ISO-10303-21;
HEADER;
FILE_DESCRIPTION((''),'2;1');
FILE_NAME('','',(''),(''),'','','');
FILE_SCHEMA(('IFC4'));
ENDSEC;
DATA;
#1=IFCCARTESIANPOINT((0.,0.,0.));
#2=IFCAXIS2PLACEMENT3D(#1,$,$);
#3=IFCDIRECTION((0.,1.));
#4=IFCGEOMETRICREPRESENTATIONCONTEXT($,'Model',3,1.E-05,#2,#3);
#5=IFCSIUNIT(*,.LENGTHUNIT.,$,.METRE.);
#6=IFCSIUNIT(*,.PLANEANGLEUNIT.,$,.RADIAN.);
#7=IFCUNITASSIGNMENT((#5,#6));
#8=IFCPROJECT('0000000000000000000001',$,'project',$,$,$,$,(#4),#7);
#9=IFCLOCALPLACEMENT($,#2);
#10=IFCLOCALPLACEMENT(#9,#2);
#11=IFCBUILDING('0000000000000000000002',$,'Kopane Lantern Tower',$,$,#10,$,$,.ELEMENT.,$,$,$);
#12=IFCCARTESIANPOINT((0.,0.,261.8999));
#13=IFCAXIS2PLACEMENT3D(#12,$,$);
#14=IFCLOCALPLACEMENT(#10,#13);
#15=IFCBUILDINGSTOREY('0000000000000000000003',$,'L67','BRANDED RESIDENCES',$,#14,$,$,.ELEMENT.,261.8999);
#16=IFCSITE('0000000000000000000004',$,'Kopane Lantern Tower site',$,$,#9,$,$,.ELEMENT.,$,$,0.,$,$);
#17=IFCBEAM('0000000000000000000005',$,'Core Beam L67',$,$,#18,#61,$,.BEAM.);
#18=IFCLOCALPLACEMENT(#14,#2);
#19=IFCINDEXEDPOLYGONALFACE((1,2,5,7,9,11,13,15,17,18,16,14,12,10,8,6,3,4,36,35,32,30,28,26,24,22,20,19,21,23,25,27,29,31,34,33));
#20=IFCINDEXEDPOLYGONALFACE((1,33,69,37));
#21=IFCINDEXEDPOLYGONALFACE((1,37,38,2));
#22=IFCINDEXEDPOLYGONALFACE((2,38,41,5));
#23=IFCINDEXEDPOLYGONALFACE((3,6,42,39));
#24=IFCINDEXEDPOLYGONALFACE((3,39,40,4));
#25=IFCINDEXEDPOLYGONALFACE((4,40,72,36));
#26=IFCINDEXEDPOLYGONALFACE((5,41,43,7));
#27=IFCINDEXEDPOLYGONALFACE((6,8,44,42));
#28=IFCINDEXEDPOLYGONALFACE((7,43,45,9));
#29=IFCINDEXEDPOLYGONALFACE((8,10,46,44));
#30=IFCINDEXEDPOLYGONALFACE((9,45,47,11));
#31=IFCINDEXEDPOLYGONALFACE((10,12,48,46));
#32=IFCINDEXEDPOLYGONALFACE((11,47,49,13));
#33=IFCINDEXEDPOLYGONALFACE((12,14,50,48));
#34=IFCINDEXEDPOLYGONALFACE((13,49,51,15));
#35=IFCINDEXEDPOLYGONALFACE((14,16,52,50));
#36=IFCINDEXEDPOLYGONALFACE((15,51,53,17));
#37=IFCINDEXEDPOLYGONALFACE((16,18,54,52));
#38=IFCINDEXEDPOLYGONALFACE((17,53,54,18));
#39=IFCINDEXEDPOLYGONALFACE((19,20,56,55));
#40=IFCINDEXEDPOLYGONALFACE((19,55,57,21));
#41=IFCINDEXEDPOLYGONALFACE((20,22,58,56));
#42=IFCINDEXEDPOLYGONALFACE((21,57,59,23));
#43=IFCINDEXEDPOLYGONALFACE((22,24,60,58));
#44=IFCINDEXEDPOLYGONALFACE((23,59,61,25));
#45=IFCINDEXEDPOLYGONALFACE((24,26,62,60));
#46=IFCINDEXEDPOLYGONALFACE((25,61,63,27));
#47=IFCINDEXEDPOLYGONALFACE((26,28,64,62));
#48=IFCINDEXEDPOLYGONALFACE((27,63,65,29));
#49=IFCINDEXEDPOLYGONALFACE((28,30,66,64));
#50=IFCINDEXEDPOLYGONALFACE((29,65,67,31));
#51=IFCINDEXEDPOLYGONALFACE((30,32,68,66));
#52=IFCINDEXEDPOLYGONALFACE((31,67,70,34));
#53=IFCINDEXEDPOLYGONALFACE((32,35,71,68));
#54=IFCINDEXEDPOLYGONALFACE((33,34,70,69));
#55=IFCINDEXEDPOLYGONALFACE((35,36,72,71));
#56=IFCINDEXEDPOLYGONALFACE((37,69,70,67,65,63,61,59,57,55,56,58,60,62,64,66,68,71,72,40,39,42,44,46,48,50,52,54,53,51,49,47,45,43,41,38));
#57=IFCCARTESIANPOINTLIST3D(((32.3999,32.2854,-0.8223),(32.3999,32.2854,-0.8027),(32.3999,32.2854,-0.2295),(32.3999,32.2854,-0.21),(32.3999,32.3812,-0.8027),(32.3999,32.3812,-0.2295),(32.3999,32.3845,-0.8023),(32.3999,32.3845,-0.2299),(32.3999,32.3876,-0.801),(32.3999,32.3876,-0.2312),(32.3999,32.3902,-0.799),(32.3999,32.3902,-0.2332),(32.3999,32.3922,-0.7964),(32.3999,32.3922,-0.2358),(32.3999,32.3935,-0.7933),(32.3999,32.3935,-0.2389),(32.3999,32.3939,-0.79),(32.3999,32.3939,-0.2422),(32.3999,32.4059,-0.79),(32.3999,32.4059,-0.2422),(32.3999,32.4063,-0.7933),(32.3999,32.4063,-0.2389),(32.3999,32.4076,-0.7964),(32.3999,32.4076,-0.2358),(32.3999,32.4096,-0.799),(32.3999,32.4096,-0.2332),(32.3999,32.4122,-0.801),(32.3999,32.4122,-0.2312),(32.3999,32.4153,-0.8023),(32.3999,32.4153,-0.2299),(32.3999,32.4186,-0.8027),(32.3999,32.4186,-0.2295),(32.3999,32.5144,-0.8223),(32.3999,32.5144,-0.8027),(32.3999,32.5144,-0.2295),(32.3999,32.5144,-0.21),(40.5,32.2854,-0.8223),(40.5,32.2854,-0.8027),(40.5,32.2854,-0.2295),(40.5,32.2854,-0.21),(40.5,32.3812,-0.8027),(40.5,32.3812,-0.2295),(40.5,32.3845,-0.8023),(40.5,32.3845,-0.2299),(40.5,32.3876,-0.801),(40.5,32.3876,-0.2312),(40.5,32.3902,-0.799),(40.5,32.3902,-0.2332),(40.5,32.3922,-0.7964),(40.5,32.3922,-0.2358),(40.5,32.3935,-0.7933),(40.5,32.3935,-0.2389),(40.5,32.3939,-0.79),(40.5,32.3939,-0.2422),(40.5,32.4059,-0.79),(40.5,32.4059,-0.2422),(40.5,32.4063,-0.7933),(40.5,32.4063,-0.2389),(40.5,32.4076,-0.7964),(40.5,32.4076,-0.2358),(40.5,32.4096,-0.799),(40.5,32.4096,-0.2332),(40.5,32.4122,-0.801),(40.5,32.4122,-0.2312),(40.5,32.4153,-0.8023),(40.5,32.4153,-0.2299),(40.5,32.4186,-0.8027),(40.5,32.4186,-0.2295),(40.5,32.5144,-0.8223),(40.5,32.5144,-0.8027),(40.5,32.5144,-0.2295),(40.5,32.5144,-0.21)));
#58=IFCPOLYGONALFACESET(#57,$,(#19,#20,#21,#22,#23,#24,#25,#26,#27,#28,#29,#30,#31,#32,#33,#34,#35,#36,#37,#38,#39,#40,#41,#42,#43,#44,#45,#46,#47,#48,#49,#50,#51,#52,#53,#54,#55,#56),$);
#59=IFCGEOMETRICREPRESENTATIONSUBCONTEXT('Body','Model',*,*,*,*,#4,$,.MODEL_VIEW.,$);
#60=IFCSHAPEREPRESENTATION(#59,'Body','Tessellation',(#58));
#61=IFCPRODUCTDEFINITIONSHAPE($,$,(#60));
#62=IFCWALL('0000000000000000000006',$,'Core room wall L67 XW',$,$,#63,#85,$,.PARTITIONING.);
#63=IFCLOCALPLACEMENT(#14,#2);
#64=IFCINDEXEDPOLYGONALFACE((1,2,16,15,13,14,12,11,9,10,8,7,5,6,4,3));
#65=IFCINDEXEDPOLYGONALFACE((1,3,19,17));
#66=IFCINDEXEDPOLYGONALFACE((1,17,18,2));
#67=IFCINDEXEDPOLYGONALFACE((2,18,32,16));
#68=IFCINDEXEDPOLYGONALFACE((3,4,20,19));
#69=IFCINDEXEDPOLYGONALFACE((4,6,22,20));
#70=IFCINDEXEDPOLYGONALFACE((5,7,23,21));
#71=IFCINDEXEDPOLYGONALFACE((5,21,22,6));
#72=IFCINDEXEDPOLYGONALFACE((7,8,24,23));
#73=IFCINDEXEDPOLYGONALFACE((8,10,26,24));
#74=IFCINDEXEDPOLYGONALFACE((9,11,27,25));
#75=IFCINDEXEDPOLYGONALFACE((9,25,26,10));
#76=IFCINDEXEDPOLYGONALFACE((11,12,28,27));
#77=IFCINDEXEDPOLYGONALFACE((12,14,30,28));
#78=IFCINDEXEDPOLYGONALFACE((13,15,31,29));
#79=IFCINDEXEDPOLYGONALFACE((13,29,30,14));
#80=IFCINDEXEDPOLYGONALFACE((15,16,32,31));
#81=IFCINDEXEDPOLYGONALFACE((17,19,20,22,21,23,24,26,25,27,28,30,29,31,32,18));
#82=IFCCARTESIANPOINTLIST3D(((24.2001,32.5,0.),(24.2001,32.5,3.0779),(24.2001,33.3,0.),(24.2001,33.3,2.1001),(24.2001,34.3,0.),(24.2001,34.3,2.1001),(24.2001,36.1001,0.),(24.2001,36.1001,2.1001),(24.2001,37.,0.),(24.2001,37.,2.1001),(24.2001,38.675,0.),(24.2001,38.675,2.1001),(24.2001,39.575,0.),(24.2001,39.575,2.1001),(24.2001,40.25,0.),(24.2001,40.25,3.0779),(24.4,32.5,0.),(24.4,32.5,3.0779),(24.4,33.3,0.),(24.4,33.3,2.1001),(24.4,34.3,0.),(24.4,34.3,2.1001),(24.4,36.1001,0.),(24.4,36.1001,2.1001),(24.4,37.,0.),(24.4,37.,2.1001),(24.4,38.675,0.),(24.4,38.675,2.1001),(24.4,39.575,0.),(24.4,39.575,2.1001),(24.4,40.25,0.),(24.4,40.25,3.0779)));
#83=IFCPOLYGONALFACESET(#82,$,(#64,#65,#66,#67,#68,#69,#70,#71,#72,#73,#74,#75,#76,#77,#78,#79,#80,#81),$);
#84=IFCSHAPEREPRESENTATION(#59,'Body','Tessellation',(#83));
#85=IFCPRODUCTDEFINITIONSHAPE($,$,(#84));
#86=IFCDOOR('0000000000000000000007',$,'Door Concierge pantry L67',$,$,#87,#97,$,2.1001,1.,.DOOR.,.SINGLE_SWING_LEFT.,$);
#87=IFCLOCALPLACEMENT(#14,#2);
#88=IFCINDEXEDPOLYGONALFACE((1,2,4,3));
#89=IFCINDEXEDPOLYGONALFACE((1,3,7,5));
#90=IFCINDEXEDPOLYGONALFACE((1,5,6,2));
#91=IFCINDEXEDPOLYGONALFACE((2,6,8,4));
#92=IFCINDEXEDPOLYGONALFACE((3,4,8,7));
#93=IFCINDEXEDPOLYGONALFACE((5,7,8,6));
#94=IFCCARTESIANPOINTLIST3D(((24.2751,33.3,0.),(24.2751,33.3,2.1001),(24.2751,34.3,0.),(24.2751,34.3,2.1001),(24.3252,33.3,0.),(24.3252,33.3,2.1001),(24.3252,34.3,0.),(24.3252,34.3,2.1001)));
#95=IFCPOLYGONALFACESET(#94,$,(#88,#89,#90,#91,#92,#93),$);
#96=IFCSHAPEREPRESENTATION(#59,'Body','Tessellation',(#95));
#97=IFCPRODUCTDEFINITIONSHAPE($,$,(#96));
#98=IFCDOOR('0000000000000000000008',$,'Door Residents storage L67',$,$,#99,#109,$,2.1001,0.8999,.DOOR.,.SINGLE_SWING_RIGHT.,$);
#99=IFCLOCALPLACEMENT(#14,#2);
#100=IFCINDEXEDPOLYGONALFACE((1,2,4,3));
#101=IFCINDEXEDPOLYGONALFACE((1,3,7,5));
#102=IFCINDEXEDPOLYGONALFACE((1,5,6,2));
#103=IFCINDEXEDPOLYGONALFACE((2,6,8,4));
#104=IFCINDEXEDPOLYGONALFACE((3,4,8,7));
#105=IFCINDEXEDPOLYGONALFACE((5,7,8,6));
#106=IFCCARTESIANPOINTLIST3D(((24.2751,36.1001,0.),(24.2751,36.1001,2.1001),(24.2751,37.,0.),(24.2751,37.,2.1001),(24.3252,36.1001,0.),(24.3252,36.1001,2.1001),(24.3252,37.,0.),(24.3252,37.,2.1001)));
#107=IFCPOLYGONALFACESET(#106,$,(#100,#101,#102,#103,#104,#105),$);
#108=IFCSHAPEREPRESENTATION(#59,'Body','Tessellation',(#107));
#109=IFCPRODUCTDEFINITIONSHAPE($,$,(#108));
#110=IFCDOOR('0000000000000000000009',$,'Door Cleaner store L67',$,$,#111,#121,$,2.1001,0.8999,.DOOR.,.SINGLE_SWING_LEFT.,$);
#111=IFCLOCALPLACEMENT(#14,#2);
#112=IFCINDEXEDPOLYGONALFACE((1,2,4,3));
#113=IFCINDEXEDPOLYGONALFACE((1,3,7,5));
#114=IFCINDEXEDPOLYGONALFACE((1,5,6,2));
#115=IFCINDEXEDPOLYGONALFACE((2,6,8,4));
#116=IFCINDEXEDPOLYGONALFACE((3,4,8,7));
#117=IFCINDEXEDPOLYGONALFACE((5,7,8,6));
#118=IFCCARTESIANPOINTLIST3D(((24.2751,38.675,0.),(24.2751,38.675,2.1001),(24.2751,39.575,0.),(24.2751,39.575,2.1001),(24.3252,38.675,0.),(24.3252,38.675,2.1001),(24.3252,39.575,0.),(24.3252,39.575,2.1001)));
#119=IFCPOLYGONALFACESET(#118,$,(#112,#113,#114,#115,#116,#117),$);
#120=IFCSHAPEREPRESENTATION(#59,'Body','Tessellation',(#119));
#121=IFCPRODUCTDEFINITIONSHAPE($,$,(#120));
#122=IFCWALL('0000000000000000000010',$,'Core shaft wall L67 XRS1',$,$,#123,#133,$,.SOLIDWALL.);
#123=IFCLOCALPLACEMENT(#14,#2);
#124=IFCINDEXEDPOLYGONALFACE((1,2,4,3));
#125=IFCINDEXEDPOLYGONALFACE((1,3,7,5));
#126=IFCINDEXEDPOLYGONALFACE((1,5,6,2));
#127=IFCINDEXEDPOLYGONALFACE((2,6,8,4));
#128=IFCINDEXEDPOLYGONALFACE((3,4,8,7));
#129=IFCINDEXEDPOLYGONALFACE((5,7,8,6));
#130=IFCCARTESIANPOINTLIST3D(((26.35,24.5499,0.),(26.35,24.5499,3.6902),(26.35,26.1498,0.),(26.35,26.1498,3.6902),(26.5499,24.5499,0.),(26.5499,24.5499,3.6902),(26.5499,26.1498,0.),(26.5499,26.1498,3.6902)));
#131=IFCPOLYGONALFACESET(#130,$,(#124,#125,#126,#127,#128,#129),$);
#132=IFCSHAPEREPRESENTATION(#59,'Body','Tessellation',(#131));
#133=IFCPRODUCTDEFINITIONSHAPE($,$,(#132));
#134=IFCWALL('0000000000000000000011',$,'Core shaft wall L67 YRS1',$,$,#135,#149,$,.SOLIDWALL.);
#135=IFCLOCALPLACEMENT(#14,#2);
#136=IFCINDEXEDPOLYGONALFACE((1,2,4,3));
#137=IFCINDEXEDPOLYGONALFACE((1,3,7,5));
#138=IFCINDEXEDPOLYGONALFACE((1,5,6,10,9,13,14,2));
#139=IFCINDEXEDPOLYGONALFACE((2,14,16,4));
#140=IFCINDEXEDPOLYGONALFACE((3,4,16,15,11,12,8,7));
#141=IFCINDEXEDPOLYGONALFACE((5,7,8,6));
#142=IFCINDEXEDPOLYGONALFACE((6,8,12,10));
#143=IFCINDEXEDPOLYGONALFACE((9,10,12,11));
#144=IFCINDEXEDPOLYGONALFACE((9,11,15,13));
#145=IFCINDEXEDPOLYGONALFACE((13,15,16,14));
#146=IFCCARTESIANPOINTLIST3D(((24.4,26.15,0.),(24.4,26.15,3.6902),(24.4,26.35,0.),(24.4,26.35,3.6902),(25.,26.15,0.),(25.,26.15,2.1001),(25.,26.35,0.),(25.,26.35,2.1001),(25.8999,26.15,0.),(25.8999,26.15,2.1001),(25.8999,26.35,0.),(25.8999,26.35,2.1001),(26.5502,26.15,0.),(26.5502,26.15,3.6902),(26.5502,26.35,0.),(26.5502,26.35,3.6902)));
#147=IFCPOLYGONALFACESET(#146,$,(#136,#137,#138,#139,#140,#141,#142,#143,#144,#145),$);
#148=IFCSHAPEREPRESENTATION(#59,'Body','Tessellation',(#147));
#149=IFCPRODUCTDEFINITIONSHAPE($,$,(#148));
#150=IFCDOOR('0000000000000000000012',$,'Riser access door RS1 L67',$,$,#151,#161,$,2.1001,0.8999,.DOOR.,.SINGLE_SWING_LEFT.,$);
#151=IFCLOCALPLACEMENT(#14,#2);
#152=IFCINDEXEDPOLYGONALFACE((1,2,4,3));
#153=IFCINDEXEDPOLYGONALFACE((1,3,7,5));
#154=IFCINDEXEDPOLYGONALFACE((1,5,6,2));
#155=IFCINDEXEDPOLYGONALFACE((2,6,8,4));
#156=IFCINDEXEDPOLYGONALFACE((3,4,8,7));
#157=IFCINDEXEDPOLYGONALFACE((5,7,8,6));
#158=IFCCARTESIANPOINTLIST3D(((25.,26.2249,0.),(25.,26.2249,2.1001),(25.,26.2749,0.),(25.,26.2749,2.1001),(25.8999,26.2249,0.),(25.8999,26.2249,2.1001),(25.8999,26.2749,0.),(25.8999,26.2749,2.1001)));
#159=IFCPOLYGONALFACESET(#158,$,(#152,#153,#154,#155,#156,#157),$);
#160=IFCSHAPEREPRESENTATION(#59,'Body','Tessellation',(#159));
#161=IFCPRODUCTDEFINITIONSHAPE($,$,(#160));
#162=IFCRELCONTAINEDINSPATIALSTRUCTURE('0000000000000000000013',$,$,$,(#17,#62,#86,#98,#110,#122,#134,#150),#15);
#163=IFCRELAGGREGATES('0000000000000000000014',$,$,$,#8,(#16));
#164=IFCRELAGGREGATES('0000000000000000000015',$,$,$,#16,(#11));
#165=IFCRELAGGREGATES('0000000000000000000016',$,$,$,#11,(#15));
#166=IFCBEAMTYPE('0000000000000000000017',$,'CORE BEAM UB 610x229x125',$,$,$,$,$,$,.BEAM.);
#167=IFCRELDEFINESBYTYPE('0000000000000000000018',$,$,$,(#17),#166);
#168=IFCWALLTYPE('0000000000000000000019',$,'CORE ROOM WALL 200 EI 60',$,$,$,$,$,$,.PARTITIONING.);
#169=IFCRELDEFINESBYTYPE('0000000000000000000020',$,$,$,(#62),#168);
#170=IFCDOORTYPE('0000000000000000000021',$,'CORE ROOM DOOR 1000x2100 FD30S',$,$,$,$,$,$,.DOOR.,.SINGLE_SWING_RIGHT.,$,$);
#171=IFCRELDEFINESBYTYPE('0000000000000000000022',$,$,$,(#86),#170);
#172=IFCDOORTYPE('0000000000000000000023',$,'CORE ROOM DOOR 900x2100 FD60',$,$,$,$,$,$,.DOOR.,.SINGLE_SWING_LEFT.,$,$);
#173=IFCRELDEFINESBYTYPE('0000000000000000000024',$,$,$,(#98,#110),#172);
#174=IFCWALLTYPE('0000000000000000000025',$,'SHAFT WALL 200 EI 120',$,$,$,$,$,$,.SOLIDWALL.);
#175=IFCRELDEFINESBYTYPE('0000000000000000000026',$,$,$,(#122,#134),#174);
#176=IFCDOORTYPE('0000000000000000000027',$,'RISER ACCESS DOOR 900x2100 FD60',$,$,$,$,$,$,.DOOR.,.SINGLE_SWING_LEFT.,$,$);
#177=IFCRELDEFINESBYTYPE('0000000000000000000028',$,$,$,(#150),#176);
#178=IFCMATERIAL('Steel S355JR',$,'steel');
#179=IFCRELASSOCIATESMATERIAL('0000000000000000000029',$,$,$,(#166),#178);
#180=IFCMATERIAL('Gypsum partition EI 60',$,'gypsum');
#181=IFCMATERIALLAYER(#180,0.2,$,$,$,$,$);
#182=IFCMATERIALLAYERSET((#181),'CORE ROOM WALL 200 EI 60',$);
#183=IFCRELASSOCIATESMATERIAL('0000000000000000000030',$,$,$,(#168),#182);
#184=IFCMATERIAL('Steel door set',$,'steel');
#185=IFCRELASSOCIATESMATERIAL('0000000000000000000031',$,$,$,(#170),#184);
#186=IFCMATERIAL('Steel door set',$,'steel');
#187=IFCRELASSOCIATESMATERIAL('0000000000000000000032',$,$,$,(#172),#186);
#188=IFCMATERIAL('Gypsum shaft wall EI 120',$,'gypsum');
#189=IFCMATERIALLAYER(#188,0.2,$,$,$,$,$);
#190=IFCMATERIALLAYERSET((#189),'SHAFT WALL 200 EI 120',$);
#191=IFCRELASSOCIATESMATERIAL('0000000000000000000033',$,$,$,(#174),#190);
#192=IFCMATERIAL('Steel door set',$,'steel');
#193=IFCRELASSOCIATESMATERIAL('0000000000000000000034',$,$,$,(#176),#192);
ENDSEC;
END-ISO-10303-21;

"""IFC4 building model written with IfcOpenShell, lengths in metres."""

from ifc_helpers import new_model, si_unit, direction, frame, frame_2d, origin, origin_2d, place, context, subcontext, project, spatial, rectangle, i_section, extrude, material, layer, layer_set, material_profile, profile_set, type_object, element, fill, save


model = new_model("IFC4")

# Units and contexts
model_context = context("Model", 3, precision=1e-05, world=origin(), true_north=direction((0.0, 1.0)))
body_context = subcontext(model_context, "Body", "Model", "MODEL_VIEW")
ifc_project = project(units=[si_unit("LENGTHUNIT", "METRE"), si_unit("PLANEANGLEUNIT", "RADIAN")], contexts=[model_context])

# Site, building, storey
site_placement = place(None, origin())
site = spatial("IfcSite", under=ifc_project, at=site_placement, Name="Kopane Lantern Tower site", CompositionType="ELEMENT", RefElevation=0.0)
building_placement = place(site_placement, origin())
building = spatial("IfcBuilding", under=site, at=building_placement, Name="Kopane Lantern Tower", CompositionType="ELEMENT")
storey_placement = place(building_placement, frame((0.0, 0.0, 261.8999)))
storey = spatial("IfcBuildingStorey", under=building, at=storey_placement, Name="L67", Description="BRANDED RESIDENCES", CompositionType="ELEMENT", Elevation=261.8999)

# Beam
ifc_material_1 = material(Name="Steel S355JR", Category="steel")
ifc_material_profile_1 = material_profile(ifc_material_1, i_section(OverallWidth=0.229, OverallDepth=0.6123, WebThickness=0.012, FlangeThickness=0.0195, FilletRadius=0.0127, at=origin_2d()), Name="UB 610x229x125")
ifc_profile_set_1 = profile_set([ifc_material_profile_1], Name="Steel S355JR")
beam_type = type_object("IfcBeamType", Name="CORE BEAM UB 610x229x125", PredefinedType="BEAM", material=ifc_profile_set_1)
for number, where, z_axis, x_axis, name in (
    (1, (32.3999, 32.3999, -0.5161), (1.0, 0.0, 0.0), (0.0, 1.0, 0.0), "Core Beam L67"),
):
    element("IfcBeam", number, at=place(storey_placement, frame(where, z_axis=z_axis, x_axis=x_axis)), inside=storey, type_object=beam_type, Name=name, PredefinedType="BEAM", context=body_context, shape_type="SweptSolid", body=[
        extrude(i_section(OverallWidth=0.229, OverallDepth=0.6123, WebThickness=0.012, FlangeThickness=0.0195, FilletRadius=0.0127, at=origin_2d()), origin(), (0.0, 0.0, 1.0), 8.1001),
    ])

# Wall, openings, doors
ifc_material_2 = material(Name="Gypsum partition EI 60", Category="gypsum")
ifc_layer_1 = layer(ifc_material_2, 0.2)
ifc_layer_set_1 = layer_set([ifc_layer_1], Name="CORE ROOM WALL 200 EI 60")
wall_type_1 = type_object("IfcWallType", Name="CORE ROOM WALL 200 EI 60", PredefinedType="PARTITIONING", material=ifc_layer_set_1)
wall_1_placement = place(storey_placement, frame((24.3, 32.5, 0.0), z_axis=(0.0, 0.0, 1.0), x_axis=(0.0, 1.0, 0.0)))
wall_1 = element("IfcWall", 2, at=wall_1_placement, inside=storey, type_object=wall_type_1, Name="Core room wall L67 XW", PredefinedType="PARTITIONING", context=body_context, shape_type="SweptSolid", body=[
    extrude(rectangle(XDim=7.75, YDim=0.2, at=frame_2d((3.875, 0.0))), origin(), (0.0, 0.0, 1.0), 3.0779),
])
opening_1_placement = place(wall_1_placement, frame((0.8, 0.0, 0.0)))
opening_1 = element("IfcOpeningElement", 3, at=opening_1_placement, cuts=wall_1, PredefinedType="OPENING", context=body_context, shape_type="SweptSolid", body=[
    extrude(rectangle(XDim=1.0, YDim=2.1001, at=frame_2d((0.5, 1.05))), frame((0.0, 0.1099, 0.0), z_axis=(0.0, -1.0, 0.0), x_axis=(1.0, 0.0, 0.0)), (0.0, 0.0, 1.0), 0.22),
])
opening_2_placement = place(wall_1_placement, frame((3.6001, 0.0, 0.0)))
opening_2 = element("IfcOpeningElement", 4, at=opening_2_placement, cuts=wall_1, PredefinedType="OPENING", context=body_context, shape_type="SweptSolid", body=[
    extrude(rectangle(XDim=0.8999, YDim=2.1001, at=frame_2d((0.45, 1.05))), frame((0.0, 0.1099, 0.0), z_axis=(0.0, -1.0, 0.0), x_axis=(1.0, 0.0, 0.0)), (0.0, 0.0, 1.0), 0.22),
])
opening_3_placement = place(wall_1_placement, frame((6.175, 0.0, 0.0)))
opening_3 = element("IfcOpeningElement", 5, at=opening_3_placement, cuts=wall_1, PredefinedType="OPENING", context=body_context, shape_type="SweptSolid", body=[
    extrude(rectangle(XDim=0.8999, YDim=2.1001, at=frame_2d((0.45, 1.05))), frame((0.0, 0.1099, 0.0), z_axis=(0.0, -1.0, 0.0), x_axis=(1.0, 0.0, 0.0)), (0.0, 0.0, 1.0), 0.22),
])
ifc_material_3 = material(Name="Steel door set", Category="steel")
door_type_1 = type_object("IfcDoorType", Name="CORE ROOM DOOR 1000x2100 FD30S", OperationType="SINGLE_SWING_RIGHT", PredefinedType="DOOR", material=ifc_material_3)
door_1_placement = place(opening_1_placement, origin())
door_1 = element("IfcDoor", 6, at=door_1_placement, inside=storey, type_object=door_type_1, Name="Door Concierge pantry L67", OperationType="SINGLE_SWING_LEFT", OverallHeight=2.1001, OverallWidth=1.0, PredefinedType="DOOR", context=body_context, shape_type="SweptSolid", body=[
    extrude(rectangle(XDim=1.0, YDim=2.1001, at=frame_2d((0.5, 1.05))), frame((0.0, 0.0249, 0.0), z_axis=(0.0, -1.0, 0.0), x_axis=(1.0, 0.0, 0.0)), (0.0, 0.0, 1.0), 0.05),
])
fill(opening_1, door_1)
ifc_material_4 = material(Name="Steel door set", Category="steel")
door_type_2 = type_object("IfcDoorType", Name="CORE ROOM DOOR 900x2100 FD60", OperationType="SINGLE_SWING_LEFT", PredefinedType="DOOR", material=ifc_material_4)
door_2_placement = place(opening_2_placement, origin())
door_2 = element("IfcDoor", 7, at=door_2_placement, inside=storey, type_object=door_type_2, Name="Door Residents storage L67", OperationType="SINGLE_SWING_RIGHT", OverallHeight=2.1001, OverallWidth=0.8999, PredefinedType="DOOR", context=body_context, shape_type="SweptSolid", body=[
    extrude(rectangle(XDim=0.8999, YDim=2.1001, at=frame_2d((0.45, 1.05))), frame((0.0, 0.0249, 0.0), z_axis=(0.0, -1.0, 0.0), x_axis=(1.0, 0.0, 0.0)), (0.0, 0.0, 1.0), 0.05),
])
fill(opening_2, door_2)
door_3_placement = place(opening_3_placement, origin())
door_3 = element("IfcDoor", 8, at=door_3_placement, inside=storey, type_object=door_type_2, Name="Door Cleaner store L67", OperationType="SINGLE_SWING_LEFT", OverallHeight=2.1001, OverallWidth=0.8999, PredefinedType="DOOR", context=body_context, shape_type="SweptSolid", body=[
    extrude(rectangle(XDim=0.8999, YDim=2.1001, at=frame_2d((0.45, 1.05))), frame((0.0, 0.0249, 0.0), z_axis=(0.0, -1.0, 0.0), x_axis=(1.0, 0.0, 0.0)), (0.0, 0.0, 1.0), 0.05),
])
fill(opening_3, door_3)

# Wall
ifc_material_5 = material(Name="Gypsum shaft wall EI 120", Category="gypsum")
ifc_layer_2 = layer(ifc_material_5, 0.2)
ifc_layer_set_2 = layer_set([ifc_layer_2], Name="SHAFT WALL 200 EI 120")
wall_type_2 = type_object("IfcWallType", Name="SHAFT WALL 200 EI 120", PredefinedType="SOLIDWALL", material=ifc_layer_set_2)
wall_2_placement = place(storey_placement, frame((26.45, 24.55, 0.0), z_axis=(0.0, 0.0, 1.0), x_axis=(0.0, 1.0, 0.0)))
element("IfcWall", 9, at=wall_2_placement, inside=storey, type_object=wall_type_2, Name="Core shaft wall L67 XRS1", PredefinedType="SOLIDWALL", context=body_context, shape_type="SweptSolid", body=[
    extrude(rectangle(XDim=1.5999, YDim=0.2, at=frame_2d((0.7998, 0.0))), origin(), (0.0, 0.0, 1.0), 3.6902),
])

# Wall, opening, door
wall_3_placement = place(storey_placement, frame((24.3999, 26.25, 0.0), z_axis=(0.0, 0.0, 1.0), x_axis=(1.0, 0.0, 0.0)))
wall_3 = element("IfcWall", 10, at=wall_3_placement, inside=storey, type_object=wall_type_2, Name="Core shaft wall L67 YRS1", PredefinedType="SOLIDWALL", context=body_context, shape_type="SweptSolid", body=[
    extrude(rectangle(XDim=2.1501, YDim=0.2, at=frame_2d((1.0752, 0.0))), origin(), (0.0, 0.0, 1.0), 3.6902),
])
opening_4_placement = place(wall_3_placement, frame((0.6001, 0.0, 0.0)))
opening_4 = element("IfcOpeningElement", 11, at=opening_4_placement, cuts=wall_3, PredefinedType="OPENING", context=body_context, shape_type="SweptSolid", body=[
    extrude(rectangle(XDim=0.8999, YDim=2.1001, at=frame_2d((0.45, 1.05))), frame((0.0, 0.1099, 0.0), z_axis=(0.0, -1.0, 0.0), x_axis=(1.0, 0.0, 0.0)), (0.0, 0.0, 1.0), 0.22),
])
ifc_material_6 = material(Name="Steel door set", Category="steel")
door_type_3 = type_object("IfcDoorType", Name="RISER ACCESS DOOR 900x2100 FD60", OperationType="SINGLE_SWING_LEFT", PredefinedType="DOOR", material=ifc_material_6)
door_4_placement = place(opening_4_placement, origin())
door_4 = element("IfcDoor", 12, at=door_4_placement, inside=storey, type_object=door_type_3, Name="Riser access door RS1 L67", OperationType="SINGLE_SWING_LEFT", OverallHeight=2.1001, OverallWidth=0.8999, PredefinedType="DOOR", context=body_context, shape_type="SweptSolid", body=[
    extrude(rectangle(XDim=0.8999, YDim=2.1001, at=frame_2d((0.45, 1.05))), frame((0.0, 0.0249, 0.0), z_axis=(0.0, -1.0, 0.0), x_axis=(1.0, 0.0, 0.0)), (0.0, 0.0, 1.0), 0.05),
])
fill(opening_4, door_4)

save(model, "model.ifc")
